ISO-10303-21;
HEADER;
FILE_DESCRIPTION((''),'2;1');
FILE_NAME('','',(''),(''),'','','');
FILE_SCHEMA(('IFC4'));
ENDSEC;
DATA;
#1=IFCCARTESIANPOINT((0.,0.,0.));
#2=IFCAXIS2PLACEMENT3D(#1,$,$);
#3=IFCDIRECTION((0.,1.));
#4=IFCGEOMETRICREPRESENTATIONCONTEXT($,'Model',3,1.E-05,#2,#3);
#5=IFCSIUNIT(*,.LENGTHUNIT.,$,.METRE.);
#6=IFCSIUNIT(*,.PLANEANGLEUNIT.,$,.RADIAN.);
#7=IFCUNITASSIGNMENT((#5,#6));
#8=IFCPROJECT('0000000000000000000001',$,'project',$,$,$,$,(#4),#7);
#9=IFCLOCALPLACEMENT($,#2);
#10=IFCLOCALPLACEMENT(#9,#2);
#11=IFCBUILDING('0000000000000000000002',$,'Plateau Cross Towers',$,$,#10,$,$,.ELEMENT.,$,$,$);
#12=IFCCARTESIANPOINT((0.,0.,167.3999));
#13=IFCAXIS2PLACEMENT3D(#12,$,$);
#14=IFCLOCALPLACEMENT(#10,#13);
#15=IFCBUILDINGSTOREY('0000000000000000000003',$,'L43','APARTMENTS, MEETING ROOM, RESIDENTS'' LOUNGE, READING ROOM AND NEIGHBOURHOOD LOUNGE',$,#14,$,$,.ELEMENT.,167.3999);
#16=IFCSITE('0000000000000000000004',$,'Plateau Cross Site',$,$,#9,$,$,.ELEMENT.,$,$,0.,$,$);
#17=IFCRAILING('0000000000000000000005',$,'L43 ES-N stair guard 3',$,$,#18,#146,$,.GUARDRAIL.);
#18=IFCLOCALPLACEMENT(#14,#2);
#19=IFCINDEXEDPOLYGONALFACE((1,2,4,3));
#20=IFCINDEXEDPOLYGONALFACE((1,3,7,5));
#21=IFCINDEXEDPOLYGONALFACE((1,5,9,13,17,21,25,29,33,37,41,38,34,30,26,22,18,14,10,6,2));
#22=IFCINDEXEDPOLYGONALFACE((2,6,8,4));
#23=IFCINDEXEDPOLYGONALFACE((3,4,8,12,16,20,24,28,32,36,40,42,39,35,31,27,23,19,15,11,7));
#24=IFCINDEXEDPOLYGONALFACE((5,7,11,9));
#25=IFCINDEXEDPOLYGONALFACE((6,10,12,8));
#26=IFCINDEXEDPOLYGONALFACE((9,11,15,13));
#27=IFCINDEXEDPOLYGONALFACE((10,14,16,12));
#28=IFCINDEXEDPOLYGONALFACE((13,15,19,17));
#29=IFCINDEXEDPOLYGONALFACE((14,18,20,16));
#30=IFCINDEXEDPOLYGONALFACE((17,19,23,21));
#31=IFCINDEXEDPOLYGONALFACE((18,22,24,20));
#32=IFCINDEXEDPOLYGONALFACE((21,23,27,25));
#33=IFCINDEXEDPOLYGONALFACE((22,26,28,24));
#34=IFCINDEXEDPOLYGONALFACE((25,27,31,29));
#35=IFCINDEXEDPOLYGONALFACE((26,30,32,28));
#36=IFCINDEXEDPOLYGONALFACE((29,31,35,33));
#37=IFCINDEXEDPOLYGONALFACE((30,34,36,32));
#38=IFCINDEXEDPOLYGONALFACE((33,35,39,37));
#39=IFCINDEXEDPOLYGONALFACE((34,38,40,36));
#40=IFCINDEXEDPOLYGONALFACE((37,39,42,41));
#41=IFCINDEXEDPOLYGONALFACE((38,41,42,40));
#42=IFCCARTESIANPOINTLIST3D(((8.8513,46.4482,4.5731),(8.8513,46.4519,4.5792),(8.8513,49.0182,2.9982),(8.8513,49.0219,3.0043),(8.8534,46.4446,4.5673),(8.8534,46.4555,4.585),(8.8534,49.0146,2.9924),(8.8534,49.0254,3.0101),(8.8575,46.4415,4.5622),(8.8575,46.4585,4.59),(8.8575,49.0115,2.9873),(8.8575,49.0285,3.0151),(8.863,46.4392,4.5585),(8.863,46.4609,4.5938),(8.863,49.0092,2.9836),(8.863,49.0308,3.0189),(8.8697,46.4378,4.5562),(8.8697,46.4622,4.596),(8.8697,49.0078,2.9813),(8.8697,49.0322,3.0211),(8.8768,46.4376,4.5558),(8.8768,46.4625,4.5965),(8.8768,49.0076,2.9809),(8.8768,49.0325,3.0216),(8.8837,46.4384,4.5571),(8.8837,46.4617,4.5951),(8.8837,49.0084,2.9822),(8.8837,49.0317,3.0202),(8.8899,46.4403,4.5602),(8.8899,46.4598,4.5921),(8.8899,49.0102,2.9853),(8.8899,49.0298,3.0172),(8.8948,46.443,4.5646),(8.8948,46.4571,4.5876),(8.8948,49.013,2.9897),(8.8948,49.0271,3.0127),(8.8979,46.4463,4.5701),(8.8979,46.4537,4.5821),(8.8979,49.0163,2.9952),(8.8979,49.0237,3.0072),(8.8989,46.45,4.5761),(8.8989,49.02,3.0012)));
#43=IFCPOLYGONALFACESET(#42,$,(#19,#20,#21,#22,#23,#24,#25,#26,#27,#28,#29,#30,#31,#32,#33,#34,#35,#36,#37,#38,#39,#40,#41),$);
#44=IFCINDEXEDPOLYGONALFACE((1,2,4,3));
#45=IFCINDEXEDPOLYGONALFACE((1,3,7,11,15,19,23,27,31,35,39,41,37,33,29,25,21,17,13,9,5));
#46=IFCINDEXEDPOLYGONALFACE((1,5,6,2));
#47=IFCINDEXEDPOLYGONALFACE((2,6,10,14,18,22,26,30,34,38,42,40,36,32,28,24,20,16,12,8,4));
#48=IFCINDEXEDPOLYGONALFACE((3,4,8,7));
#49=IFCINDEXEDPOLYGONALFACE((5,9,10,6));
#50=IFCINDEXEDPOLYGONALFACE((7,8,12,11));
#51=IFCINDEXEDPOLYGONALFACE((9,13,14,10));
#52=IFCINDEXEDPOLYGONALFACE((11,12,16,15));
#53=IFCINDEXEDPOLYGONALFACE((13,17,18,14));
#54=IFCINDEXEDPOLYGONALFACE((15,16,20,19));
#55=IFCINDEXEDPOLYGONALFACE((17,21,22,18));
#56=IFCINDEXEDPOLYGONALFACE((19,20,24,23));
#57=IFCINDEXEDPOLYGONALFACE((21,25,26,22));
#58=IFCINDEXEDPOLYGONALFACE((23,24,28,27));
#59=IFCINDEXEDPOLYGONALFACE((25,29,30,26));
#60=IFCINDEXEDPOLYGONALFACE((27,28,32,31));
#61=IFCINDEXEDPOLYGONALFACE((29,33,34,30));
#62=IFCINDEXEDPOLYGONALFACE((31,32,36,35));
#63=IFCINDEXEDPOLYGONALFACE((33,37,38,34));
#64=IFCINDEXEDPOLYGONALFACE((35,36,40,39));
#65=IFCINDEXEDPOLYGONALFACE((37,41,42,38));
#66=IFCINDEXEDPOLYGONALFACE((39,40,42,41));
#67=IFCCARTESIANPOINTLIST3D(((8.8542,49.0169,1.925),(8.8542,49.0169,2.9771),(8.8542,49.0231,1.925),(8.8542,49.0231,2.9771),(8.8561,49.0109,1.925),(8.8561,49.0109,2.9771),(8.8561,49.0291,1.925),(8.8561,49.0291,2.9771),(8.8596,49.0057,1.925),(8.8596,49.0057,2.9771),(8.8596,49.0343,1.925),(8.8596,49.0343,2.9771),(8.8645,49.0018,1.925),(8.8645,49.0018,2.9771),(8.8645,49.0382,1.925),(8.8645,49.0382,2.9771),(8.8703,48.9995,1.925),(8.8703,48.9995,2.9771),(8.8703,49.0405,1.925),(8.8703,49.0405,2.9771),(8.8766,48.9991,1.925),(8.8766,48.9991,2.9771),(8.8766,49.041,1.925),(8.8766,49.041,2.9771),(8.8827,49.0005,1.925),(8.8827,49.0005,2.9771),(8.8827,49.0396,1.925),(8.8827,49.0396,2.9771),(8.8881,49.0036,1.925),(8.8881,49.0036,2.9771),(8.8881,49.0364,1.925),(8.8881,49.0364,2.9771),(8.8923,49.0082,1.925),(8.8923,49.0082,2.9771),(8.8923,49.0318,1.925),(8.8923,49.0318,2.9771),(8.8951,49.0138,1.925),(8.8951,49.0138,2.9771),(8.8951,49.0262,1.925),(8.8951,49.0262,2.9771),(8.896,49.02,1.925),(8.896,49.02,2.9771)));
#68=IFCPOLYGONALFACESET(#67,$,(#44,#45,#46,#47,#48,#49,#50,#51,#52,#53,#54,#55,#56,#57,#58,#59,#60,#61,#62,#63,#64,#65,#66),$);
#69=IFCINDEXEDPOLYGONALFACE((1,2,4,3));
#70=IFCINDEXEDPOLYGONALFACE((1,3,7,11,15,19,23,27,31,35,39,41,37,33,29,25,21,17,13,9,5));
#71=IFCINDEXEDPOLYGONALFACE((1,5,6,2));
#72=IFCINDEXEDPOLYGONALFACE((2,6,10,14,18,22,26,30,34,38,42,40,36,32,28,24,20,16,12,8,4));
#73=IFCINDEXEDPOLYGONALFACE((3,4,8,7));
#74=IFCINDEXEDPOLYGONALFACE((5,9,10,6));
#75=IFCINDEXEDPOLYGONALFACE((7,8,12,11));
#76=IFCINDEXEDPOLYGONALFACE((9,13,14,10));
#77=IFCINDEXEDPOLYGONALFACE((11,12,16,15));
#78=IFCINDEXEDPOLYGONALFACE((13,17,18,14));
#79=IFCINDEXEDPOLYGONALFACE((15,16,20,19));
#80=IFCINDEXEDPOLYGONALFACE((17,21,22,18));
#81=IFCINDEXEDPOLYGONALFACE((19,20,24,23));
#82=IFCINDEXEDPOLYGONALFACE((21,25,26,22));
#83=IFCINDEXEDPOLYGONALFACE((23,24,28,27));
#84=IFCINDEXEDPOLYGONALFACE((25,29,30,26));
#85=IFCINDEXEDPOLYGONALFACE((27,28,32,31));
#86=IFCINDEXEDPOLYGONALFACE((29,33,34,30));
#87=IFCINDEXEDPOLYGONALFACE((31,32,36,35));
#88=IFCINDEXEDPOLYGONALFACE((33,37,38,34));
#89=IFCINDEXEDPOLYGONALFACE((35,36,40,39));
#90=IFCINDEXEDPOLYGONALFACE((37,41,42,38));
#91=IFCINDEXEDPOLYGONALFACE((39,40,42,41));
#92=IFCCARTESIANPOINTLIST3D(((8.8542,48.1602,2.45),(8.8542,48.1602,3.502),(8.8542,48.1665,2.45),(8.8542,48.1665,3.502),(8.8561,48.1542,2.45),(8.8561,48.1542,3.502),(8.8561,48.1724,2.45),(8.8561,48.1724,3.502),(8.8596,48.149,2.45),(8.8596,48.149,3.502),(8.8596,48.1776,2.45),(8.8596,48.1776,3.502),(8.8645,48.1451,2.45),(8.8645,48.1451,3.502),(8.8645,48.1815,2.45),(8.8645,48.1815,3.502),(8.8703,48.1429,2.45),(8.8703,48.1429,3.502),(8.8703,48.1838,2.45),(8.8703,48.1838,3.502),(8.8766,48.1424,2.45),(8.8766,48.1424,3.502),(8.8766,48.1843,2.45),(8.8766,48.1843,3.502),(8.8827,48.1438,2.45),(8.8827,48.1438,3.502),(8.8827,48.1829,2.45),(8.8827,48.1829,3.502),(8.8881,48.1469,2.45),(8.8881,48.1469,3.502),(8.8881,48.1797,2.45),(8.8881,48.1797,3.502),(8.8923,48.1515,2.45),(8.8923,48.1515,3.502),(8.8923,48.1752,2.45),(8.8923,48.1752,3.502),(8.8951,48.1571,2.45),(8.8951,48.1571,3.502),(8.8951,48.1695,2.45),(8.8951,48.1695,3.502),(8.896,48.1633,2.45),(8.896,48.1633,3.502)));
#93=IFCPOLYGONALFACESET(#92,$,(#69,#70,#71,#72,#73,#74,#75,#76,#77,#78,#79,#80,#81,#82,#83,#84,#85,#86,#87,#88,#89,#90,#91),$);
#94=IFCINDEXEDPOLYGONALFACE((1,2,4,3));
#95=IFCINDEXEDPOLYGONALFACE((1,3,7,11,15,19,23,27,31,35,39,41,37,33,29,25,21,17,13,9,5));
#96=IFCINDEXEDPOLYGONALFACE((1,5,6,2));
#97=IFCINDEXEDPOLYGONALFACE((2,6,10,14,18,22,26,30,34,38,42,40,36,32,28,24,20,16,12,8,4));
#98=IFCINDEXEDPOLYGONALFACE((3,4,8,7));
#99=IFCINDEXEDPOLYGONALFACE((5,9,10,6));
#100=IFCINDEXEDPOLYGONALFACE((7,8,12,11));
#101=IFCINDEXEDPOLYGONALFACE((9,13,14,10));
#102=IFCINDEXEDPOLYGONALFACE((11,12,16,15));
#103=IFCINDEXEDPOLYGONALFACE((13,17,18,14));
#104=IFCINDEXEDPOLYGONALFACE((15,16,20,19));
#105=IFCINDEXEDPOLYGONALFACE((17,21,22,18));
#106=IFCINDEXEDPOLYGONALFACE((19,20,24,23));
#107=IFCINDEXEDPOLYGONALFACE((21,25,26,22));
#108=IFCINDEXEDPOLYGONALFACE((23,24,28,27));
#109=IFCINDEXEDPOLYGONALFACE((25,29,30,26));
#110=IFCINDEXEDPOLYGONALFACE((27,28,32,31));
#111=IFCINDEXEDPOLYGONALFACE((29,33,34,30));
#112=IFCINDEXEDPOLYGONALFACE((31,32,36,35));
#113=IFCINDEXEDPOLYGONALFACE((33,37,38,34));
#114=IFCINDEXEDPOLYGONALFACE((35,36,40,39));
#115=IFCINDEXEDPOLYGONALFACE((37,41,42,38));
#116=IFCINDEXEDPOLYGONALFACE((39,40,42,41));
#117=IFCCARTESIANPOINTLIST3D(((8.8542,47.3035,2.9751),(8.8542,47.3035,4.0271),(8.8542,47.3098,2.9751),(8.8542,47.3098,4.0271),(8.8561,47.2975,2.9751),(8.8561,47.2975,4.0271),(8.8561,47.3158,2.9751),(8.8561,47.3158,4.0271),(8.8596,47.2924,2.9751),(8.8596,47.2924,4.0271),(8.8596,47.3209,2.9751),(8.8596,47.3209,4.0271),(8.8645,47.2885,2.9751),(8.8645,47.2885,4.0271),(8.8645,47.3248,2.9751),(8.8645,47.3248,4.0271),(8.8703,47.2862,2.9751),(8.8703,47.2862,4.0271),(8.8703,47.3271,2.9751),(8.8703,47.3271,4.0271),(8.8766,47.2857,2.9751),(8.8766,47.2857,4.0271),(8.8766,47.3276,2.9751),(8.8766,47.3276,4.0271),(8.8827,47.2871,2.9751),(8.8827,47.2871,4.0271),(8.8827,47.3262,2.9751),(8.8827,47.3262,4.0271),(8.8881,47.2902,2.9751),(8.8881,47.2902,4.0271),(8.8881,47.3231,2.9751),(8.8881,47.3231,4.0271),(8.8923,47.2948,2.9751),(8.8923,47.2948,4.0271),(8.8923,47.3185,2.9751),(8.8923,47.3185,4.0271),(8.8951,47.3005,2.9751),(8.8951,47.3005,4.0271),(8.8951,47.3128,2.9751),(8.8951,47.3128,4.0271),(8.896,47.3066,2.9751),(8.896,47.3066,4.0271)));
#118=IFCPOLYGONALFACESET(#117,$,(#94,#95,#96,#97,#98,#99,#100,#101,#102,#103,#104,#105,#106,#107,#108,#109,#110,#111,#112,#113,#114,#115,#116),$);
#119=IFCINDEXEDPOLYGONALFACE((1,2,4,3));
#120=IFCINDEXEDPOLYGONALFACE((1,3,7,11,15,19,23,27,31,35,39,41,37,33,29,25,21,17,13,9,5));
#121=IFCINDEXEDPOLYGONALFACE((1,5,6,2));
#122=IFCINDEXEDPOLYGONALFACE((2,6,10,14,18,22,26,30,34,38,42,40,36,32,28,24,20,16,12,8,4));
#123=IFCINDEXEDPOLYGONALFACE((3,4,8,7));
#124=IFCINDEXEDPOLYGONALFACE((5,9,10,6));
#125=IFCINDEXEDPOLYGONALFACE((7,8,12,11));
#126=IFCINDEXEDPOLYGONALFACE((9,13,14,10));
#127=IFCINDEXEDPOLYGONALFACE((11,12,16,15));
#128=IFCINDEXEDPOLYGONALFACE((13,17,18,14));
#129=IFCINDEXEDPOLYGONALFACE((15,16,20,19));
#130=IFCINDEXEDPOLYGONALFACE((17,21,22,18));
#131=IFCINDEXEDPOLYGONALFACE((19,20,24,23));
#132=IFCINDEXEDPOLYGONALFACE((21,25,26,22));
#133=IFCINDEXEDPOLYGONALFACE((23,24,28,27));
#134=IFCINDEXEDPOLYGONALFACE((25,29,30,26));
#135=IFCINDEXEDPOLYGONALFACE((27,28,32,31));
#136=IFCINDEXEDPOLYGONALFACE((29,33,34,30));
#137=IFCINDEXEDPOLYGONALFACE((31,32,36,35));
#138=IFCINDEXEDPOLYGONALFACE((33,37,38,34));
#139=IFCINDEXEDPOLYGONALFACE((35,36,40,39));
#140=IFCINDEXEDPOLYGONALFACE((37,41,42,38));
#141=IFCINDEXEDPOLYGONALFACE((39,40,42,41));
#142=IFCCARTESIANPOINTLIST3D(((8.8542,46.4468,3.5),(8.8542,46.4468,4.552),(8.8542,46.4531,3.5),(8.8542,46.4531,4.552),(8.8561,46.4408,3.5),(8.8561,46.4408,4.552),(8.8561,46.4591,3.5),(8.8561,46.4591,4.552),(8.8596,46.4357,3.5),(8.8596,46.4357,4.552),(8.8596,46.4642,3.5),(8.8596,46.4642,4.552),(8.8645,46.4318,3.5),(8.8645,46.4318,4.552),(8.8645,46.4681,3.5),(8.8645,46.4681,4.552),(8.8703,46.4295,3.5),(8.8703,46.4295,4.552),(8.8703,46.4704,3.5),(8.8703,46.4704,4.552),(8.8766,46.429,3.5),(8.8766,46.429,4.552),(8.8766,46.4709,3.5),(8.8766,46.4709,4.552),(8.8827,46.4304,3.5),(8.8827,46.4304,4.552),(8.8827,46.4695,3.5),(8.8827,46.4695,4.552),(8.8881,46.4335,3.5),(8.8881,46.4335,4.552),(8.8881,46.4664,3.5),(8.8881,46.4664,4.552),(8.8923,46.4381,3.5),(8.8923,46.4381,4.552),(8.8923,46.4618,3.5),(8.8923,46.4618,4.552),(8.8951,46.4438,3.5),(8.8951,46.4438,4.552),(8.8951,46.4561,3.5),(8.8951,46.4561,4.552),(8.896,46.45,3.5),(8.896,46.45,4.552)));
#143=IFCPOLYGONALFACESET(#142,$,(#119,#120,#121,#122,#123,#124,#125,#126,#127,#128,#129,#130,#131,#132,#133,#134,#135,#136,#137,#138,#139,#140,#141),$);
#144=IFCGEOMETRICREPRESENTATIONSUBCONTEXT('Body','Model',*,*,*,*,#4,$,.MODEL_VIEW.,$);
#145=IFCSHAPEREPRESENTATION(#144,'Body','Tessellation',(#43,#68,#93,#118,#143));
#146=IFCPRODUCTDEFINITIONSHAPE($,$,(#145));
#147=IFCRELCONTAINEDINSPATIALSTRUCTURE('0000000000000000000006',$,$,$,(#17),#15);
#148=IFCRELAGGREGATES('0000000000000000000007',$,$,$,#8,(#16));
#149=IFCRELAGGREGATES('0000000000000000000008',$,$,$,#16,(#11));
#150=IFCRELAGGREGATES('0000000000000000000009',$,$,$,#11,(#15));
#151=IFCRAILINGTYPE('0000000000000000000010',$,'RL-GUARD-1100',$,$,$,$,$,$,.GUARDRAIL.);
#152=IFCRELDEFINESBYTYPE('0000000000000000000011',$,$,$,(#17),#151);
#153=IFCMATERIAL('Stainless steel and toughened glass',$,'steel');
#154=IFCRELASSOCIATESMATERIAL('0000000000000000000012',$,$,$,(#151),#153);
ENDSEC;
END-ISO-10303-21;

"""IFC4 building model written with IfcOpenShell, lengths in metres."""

from ifc_helpers import new_model, si_unit, direction, frame, origin, origin_2d, place, context, subcontext, project, spatial, circle, extrude, material, type_object, element, save


model = new_model("IFC4")

# Units and contexts
model_context = context("Model", 3, precision=1e-05, world=origin(), true_north=direction((0.0, 1.0)))
body_context = subcontext(model_context, "Body", "Model", "MODEL_VIEW")
ifc_project = project(units=[si_unit("LENGTHUNIT", "METRE"), si_unit("PLANEANGLEUNIT", "RADIAN")], contexts=[model_context])

# Site, building, storey
site_placement = place(None, origin())
site = spatial("IfcSite", under=ifc_project, at=site_placement, Name="Plateau Cross Site", CompositionType="ELEMENT", RefElevation=0.0)
building_placement = place(site_placement, origin())
building = spatial("IfcBuilding", under=site, at=building_placement, Name="Plateau Cross Towers", CompositionType="ELEMENT")
storey_placement = place(building_placement, frame((0.0, 0.0, 167.3999)))
storey = spatial("IfcBuildingStorey", under=building, at=storey_placement, Name="L43", Description="APARTMENTS, MEETING ROOM, RESIDENTS' LOUNGE, READING ROOM AND NEIGHBOURHOOD LOUNGE", CompositionType="ELEMENT", Elevation=167.3999)

# Railing
ifc_material_1 = material(Name="Stainless steel and toughened glass", Category="steel")
railing_type_1 = type_object("IfcRailingType", Name="RL-GUARD-1100", PredefinedType="GUARDRAIL", material=ifc_material_1)
railing_1_placement = place(storey_placement, frame((8.875, 49.02, 1.925)))
element("IfcRailing", 1, at=railing_1_placement, inside=storey, type_object=railing_type_1, Name="L43 ES-N stair guard 3", PredefinedType="GUARDRAIL", context=body_context, shape_type="SweptSolid", body=[
    extrude(circle(Radius=0.0239, at=origin_2d()), frame((0.0, 0.0, 1.0762), z_axis=(0.0, -0.852639, 0.522501), x_axis=(1.0, 0.0, 0.0)), (0.0, 0.0, 1.0), 3.0142),
    extrude(circle(Radius=0.021, at=origin_2d()), origin(), (0.0, 0.0, 1.0), 1.052),
    extrude(circle(Radius=0.021, at=origin_2d()), frame((0.0, -0.8567, 0.5249)), (0.0, 0.0, 1.0), 1.052),
    extrude(circle(Radius=0.021, at=origin_2d()), frame((0.0, -1.7134, 1.05)), (0.0, 0.0, 1.0), 1.052),
    extrude(circle(Radius=0.021, at=origin_2d()), frame((0.0, -2.5701, 1.575)), (0.0, 0.0, 1.0), 1.052),
])

save(model, "model.ifc")
